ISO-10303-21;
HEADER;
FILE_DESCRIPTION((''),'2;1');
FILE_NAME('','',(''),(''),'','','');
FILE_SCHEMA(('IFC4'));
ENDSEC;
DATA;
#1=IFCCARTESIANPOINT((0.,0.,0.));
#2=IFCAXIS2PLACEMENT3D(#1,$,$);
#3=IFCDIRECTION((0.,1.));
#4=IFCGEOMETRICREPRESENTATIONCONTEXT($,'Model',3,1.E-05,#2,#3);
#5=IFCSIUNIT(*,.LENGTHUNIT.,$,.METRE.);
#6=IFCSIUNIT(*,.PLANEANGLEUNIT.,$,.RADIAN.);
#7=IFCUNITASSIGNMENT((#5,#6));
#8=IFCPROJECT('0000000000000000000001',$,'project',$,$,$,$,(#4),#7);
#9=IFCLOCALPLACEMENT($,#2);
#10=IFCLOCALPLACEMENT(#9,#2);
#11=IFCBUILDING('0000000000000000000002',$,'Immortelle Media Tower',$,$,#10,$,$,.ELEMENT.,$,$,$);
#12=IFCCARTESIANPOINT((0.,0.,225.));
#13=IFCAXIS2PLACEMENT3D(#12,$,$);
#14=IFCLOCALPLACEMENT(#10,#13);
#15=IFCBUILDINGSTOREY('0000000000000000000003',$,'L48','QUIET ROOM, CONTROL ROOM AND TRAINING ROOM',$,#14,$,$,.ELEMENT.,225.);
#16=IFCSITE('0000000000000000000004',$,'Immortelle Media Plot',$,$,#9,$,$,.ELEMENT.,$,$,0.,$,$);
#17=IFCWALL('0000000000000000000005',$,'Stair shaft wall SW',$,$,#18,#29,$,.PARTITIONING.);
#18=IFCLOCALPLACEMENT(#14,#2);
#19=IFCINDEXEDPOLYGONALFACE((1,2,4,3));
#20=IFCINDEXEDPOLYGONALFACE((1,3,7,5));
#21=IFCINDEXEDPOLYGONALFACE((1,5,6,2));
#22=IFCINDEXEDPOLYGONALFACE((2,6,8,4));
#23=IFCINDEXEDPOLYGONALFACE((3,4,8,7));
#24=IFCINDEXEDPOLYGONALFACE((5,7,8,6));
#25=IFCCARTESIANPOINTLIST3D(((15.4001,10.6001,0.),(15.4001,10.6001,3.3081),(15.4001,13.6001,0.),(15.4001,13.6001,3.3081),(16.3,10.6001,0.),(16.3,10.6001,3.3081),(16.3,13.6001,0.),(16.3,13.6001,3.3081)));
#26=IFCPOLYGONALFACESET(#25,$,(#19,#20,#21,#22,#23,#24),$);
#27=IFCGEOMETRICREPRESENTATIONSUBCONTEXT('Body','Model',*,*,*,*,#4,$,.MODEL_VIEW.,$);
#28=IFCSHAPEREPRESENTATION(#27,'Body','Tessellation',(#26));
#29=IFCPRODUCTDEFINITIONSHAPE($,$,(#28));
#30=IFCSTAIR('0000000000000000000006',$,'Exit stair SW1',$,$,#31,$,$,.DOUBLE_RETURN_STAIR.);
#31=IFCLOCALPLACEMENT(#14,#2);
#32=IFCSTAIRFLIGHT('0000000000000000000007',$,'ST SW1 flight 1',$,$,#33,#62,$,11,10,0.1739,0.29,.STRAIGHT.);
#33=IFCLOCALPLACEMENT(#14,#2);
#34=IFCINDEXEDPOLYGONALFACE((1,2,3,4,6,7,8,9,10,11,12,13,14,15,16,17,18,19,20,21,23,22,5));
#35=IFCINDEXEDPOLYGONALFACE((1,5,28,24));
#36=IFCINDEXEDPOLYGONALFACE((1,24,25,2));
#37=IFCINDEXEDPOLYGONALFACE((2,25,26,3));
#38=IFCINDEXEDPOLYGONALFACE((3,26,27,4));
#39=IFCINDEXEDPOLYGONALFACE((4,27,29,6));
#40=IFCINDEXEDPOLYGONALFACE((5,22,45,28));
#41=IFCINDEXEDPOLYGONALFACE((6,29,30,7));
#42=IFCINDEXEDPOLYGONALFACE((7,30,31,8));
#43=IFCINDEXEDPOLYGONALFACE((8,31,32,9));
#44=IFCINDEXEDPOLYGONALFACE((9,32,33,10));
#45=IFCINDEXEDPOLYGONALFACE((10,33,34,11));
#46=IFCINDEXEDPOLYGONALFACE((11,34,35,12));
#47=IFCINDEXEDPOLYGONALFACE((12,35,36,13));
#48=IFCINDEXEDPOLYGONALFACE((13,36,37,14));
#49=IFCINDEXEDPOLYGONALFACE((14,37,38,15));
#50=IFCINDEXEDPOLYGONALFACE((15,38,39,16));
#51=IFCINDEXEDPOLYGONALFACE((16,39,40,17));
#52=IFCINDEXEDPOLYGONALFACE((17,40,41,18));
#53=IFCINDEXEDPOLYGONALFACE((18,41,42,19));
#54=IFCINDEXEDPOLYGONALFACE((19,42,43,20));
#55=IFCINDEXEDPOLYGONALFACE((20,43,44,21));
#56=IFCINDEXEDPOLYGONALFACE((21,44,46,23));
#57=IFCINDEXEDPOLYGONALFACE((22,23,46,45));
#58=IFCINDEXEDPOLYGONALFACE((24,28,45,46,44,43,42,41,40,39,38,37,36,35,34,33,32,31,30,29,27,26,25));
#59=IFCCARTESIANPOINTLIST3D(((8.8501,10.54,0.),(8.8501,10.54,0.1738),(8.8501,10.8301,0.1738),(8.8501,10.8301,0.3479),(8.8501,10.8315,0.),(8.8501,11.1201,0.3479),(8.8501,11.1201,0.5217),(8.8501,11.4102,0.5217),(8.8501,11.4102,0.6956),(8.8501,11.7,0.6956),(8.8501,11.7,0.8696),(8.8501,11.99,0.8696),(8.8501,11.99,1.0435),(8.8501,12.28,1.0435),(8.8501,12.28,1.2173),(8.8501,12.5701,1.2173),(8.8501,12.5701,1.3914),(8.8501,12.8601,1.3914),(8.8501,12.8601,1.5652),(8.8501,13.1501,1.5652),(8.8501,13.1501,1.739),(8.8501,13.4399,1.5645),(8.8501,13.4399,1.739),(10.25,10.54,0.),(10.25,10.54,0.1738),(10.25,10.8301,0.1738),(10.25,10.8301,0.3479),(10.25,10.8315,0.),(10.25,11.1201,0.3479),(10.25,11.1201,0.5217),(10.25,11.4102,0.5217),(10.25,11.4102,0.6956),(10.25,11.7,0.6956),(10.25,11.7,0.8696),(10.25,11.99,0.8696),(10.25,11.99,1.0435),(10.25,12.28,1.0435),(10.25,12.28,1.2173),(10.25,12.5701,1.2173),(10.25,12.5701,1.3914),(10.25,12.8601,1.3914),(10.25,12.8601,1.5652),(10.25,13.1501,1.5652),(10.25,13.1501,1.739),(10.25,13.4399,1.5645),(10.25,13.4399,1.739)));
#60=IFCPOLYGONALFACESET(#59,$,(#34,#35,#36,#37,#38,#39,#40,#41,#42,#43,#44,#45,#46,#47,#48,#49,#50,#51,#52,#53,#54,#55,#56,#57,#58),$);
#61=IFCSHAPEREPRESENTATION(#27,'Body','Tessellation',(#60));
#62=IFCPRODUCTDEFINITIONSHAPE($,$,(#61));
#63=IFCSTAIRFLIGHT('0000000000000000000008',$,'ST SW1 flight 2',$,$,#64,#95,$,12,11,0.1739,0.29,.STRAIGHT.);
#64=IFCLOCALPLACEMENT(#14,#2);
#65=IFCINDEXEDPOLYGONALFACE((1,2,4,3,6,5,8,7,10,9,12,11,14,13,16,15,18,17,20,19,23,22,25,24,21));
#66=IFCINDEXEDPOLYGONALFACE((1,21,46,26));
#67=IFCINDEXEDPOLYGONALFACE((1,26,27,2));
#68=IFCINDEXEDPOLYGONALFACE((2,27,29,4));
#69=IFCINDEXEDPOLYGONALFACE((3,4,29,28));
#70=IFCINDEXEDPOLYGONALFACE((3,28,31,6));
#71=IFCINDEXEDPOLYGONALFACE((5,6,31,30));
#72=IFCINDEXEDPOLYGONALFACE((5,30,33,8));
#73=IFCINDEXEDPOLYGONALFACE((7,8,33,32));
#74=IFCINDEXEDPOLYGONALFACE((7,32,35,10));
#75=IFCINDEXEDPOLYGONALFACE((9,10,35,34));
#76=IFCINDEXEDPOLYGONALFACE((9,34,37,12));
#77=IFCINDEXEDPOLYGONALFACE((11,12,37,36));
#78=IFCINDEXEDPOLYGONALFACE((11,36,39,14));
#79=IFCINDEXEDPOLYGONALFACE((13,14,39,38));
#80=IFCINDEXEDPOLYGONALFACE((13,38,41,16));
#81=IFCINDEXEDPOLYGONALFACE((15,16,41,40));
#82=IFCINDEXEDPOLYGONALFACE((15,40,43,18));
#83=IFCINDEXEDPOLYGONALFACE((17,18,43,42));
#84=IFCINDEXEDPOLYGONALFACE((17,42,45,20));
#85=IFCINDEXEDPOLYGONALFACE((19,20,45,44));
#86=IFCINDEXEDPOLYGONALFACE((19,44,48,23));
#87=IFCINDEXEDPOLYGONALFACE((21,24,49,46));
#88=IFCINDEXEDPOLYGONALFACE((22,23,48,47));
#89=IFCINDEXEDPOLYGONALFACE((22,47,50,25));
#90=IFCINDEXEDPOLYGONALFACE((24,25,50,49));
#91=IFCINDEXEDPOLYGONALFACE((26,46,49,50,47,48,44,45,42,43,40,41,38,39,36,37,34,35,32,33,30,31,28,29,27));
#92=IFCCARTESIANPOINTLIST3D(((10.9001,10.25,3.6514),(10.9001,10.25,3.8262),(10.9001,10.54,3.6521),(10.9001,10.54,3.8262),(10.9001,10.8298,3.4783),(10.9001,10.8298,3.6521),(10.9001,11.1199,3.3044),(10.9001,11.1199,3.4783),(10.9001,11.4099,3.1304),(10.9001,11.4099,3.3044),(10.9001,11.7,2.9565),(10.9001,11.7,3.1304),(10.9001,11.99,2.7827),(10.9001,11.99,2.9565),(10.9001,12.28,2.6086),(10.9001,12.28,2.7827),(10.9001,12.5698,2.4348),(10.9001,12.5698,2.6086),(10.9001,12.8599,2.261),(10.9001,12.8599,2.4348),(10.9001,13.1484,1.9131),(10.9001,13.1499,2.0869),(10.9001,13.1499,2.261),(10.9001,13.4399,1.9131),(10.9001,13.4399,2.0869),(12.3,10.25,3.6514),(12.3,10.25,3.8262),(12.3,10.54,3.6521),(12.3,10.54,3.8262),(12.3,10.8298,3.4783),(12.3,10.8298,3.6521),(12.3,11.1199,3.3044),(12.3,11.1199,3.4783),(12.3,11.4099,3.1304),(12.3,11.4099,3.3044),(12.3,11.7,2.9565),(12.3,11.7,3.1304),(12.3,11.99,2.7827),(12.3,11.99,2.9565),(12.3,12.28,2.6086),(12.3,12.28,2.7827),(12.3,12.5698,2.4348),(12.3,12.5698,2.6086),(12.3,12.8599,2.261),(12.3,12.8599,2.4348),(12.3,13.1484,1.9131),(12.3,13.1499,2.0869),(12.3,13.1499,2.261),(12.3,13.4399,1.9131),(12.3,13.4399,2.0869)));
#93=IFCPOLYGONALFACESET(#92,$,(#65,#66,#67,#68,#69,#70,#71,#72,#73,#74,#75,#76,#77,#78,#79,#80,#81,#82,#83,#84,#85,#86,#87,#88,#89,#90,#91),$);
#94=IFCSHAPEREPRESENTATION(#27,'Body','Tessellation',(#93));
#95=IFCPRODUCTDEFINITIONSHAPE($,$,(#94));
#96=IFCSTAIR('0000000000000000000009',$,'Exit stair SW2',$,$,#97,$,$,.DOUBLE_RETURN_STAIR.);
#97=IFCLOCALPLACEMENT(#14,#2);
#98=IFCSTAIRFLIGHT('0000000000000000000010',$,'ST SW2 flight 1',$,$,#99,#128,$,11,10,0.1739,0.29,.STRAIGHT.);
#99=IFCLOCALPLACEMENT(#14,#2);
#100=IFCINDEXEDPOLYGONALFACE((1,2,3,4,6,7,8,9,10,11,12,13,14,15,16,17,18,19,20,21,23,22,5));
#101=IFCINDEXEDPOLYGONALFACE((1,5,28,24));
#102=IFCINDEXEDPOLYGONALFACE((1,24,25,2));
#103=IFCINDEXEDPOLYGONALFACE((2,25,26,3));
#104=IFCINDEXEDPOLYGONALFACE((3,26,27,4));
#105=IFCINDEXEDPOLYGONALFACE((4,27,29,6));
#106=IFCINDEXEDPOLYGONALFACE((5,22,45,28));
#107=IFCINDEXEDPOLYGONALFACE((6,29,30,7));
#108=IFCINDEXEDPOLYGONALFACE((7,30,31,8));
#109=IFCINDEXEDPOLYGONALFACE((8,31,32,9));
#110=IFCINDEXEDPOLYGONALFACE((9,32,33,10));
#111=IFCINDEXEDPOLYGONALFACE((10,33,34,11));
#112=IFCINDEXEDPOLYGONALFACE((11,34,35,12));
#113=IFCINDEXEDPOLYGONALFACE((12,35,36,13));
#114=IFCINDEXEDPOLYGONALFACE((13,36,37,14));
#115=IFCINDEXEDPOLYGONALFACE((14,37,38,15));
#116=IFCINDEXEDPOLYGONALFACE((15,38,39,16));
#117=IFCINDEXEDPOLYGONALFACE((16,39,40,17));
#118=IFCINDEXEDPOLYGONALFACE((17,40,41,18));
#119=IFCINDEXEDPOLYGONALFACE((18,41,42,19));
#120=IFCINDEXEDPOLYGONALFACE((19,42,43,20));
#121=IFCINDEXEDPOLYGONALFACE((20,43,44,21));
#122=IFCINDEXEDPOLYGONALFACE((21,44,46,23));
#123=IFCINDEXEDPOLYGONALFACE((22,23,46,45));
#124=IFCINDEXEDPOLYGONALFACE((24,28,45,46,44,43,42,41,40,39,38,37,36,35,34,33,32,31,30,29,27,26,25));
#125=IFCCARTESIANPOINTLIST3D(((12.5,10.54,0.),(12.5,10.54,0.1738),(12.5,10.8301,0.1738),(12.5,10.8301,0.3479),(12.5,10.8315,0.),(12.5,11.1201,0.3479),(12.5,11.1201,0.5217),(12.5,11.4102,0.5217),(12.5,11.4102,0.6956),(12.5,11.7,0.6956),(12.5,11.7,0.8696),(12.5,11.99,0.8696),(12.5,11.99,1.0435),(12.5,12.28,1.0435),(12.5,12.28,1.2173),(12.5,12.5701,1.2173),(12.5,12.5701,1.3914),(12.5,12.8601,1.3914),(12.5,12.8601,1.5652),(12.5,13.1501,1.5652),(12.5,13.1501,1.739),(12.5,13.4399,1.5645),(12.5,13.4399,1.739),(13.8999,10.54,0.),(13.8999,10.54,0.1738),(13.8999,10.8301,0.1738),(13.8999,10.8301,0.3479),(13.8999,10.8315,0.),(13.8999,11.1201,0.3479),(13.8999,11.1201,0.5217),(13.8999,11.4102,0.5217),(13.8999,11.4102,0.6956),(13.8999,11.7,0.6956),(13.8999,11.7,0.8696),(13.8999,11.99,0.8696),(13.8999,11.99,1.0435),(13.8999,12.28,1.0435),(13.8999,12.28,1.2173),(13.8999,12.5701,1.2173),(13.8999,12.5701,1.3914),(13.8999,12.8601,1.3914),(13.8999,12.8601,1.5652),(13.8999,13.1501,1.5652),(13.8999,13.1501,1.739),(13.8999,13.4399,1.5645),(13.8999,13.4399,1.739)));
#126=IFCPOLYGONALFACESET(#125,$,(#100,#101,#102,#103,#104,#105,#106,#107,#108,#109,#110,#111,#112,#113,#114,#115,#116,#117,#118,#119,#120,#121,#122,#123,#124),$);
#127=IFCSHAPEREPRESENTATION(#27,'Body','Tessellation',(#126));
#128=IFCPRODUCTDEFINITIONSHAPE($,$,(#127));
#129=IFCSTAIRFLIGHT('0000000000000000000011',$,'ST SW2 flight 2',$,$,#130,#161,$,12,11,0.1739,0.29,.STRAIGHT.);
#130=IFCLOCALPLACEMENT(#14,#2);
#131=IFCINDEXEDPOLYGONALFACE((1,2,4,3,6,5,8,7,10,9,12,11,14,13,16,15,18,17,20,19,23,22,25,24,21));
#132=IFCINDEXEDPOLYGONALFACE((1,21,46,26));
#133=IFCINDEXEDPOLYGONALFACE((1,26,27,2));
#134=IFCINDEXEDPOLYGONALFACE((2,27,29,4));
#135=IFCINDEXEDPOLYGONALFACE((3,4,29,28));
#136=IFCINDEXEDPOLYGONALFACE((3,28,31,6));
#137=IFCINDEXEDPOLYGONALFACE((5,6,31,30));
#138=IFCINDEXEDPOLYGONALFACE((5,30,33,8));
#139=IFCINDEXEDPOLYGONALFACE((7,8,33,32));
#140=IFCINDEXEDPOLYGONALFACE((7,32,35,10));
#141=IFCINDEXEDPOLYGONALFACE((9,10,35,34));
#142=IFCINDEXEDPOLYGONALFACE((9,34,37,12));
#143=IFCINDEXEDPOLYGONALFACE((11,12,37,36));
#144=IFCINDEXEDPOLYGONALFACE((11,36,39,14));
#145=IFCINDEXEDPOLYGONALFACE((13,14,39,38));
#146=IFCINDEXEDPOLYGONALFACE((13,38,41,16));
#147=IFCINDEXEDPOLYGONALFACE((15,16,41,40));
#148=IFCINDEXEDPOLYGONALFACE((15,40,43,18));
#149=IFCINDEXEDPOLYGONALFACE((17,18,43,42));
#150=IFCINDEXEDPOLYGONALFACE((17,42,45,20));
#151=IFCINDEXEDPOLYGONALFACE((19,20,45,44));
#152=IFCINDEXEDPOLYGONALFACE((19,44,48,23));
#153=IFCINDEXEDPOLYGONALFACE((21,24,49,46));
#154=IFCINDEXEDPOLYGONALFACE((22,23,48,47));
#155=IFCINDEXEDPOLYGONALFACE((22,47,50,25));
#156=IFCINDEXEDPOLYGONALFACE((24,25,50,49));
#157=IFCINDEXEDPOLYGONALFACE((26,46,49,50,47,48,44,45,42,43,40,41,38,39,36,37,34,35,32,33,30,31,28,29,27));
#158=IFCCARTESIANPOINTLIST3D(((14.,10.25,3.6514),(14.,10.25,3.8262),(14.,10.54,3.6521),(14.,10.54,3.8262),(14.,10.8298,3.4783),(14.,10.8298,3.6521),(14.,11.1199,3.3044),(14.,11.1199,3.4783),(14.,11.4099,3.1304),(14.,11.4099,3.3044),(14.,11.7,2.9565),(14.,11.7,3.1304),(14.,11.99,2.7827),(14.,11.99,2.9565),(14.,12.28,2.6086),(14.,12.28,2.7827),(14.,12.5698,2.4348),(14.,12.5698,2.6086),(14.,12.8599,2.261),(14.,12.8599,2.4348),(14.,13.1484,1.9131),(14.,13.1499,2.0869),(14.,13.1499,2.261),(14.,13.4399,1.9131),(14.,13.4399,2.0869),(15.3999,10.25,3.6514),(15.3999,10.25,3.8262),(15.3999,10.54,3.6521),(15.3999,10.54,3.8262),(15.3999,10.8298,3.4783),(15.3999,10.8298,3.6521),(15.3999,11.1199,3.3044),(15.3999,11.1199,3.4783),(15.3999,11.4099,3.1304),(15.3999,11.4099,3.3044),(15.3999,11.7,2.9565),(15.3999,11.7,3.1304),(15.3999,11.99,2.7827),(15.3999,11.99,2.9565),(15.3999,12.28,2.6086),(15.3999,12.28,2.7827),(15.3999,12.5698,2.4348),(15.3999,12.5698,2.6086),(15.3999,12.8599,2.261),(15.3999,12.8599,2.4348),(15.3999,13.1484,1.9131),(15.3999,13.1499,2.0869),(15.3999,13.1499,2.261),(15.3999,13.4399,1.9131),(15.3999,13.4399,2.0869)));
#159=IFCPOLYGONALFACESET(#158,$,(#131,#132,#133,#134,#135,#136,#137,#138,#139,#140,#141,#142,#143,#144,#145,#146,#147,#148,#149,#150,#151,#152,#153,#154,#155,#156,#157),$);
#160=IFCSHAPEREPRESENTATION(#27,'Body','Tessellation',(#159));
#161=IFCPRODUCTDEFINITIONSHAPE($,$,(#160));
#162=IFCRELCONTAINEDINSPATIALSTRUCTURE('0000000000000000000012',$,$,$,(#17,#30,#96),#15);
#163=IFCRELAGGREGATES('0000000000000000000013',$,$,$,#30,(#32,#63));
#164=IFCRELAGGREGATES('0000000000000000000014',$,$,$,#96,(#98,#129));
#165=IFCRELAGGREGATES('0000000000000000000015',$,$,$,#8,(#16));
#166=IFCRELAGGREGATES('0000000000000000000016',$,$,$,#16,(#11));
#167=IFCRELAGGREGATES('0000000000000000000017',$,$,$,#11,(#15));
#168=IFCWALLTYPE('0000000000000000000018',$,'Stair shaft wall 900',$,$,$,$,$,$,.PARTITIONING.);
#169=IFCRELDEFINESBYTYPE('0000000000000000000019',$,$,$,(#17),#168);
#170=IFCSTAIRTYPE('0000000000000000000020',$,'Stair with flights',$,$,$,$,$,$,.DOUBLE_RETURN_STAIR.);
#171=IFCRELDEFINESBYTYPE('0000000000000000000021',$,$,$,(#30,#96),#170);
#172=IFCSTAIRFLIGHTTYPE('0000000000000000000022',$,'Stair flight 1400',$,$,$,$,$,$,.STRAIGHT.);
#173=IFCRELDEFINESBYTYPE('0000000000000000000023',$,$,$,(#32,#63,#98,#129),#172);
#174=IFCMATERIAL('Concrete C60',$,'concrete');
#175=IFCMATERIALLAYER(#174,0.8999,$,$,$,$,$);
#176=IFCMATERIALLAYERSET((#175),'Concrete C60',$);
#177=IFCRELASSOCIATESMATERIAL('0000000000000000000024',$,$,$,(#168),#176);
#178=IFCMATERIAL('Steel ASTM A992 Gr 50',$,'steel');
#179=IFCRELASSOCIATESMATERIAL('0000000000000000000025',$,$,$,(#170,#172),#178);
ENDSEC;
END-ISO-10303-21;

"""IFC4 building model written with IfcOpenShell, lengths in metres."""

from ifc_helpers import new_model, si_unit, direction, frame, frame_2d, origin, place, context, subcontext, project, spatial, polyline, rectangle, outline, extrude, material, layer, layer_set, type_object, element, aggregate, save


model = new_model("IFC4")

# Units and contexts
model_context = context("Model", 3, precision=1e-05, world=origin(), true_north=direction((0.0, 1.0)))
body_context = subcontext(model_context, "Body", "Model", "MODEL_VIEW")
ifc_project = project(units=[si_unit("LENGTHUNIT", "METRE"), si_unit("PLANEANGLEUNIT", "RADIAN")], contexts=[model_context])

# Site, building, storey
site_placement = place(None, origin())
site = spatial("IfcSite", under=ifc_project, at=site_placement, Name="Immortelle Media Plot", CompositionType="ELEMENT", RefElevation=0.0)
building_placement = place(site_placement, origin())
building = spatial("IfcBuilding", under=site, at=building_placement, Name="Immortelle Media Tower", CompositionType="ELEMENT")
storey_placement = place(building_placement, frame((0.0, 0.0, 225.0)))
storey = spatial("IfcBuildingStorey", under=building, at=storey_placement, Name="L48", Description="QUIET ROOM, CONTROL ROOM AND TRAINING ROOM", CompositionType="ELEMENT", Elevation=225.0)

# Shared definitions
ifc_material_1 = material(Name="Steel ASTM A992 Gr 50", Category="steel")

# Shared definitions
ifc_material_2 = material(Name="Concrete C60", Category="concrete")

# Shared definitions
ifc_layer_1 = layer(ifc_material_2, 0.8999)
ifc_layer_set_1 = layer_set([ifc_layer_1], Name="Concrete C60")
wall_type_1 = type_object("IfcWallType", Name="Stair shaft wall 900", PredefinedType="PARTITIONING", material=ifc_layer_set_1)

# Wall
wall_1_placement = place(storey_placement, frame((15.8501, 10.6001, 0.0), z_axis=(0.0, 0.0, 1.0), x_axis=(0.0, 1.0, 0.0)))
element("IfcWall", 1, at=wall_1_placement, inside=storey, type_object=wall_type_1, Name="Stair shaft wall SW", PredefinedType="PARTITIONING", context=body_context, shape_type="SweptSolid", body=[
    extrude(rectangle(XDim=3.0, YDim=0.8999, at=frame_2d((1.5, 0.0))), origin(), (0.0, 0.0, 1.0), 3.3081),
])

# Stairs, stair flights
stair_type = type_object("IfcStairType", Name="Stair with flights", PredefinedType="DOUBLE_RETURN_STAIR", material=ifc_material_1)
stair_1_placement = place(storey_placement, origin())
stair_1 = element("IfcStair", 2, at=stair_1_placement, inside=storey, type_object=stair_type, Name="Exit stair SW1", PredefinedType="DOUBLE_RETURN_STAIR")
stair_flight_type = type_object("IfcStairFlightType", Name="Stair flight 1400", PredefinedType="STRAIGHT", material=ifc_material_1)
stair_flight_1_placement = place(storey_placement, frame((9.55, 10.54, 0.0), z_axis=(0.0, 0.0, 1.0), x_axis=(0.0, 1.0, 0.0)))
stair_flight_1 = element("IfcStairFlight", 3, at=stair_flight_1_placement, type_object=stair_flight_type, Name="ST SW1 flight 1", NumberOfRisers=11, NumberOfTreads=10, PredefinedType="STRAIGHT", RiserHeight=0.1739, TreadLength=0.29, context=body_context, shape_type="SweptSolid", body=[
    extrude(outline(polyline([(0.0, 0.0), (0.0, 0.1738), (0.29, 0.1738), (0.29, 0.3479), (0.5801, 0.3479), (0.5801, 0.5217), (0.8701, 0.5217), (0.8701, 0.6956), (1.1599, 0.6956), (1.1599, 0.8696), (1.45, 0.8696), (1.45, 1.0435), (1.74, 1.0435), (1.74, 1.2173), (2.03, 1.2173), (2.03, 1.3914), (2.3201, 1.3914), (2.3201, 1.5652), (2.6101, 1.5652), (2.6101, 1.739), (2.8999, 1.739), (2.8999, 1.9131), (2.8999, 1.5645), (0.2915, 0.0), (0.0, 0.0)])), frame((0.0, 0.7, 0.0), z_axis=(0.0, -1.0, 0.0), x_axis=(1.0, 0.0, 0.0)), (0.0, 0.0, 1.0), 1.3999),
])
stair_flight_2_placement = place(storey_placement, frame((11.6001, 13.4399, 1.9131), z_axis=(0.0, 0.0, 1.0), x_axis=(0.0, -1.0, 0.0)))
stair_flight_2 = element("IfcStairFlight", 4, at=stair_flight_2_placement, type_object=stair_flight_type, Name="ST SW1 flight 2", NumberOfRisers=12, NumberOfTreads=11, PredefinedType="STRAIGHT", RiserHeight=0.1739, TreadLength=0.29, context=body_context, shape_type="SweptSolid", body=[
    extrude(outline(polyline([(0.0, 0.0), (0.0, 0.1738), (0.29, 0.1738), (0.29, 0.3479), (0.5801, 0.3479), (0.5801, 0.5217), (0.8701, 0.5217), (0.8701, 0.6956), (1.1599, 0.6956), (1.1599, 0.8696), (1.45, 0.8696), (1.45, 1.0435), (1.74, 1.0435), (1.74, 1.2173), (2.03, 1.2173), (2.03, 1.3914), (2.3201, 1.3914), (2.3201, 1.5652), (2.6101, 1.5652), (2.6101, 1.739), (2.8999, 1.739), (2.8999, 1.9131), (3.1899, 1.9131), (3.1899, 2.0869), (3.1899, 1.7383), (0.2915, 0.0), (0.0, 0.0)])), frame((0.0, 0.7, 0.0), z_axis=(0.0, -1.0, 0.0), x_axis=(1.0, 0.0, 0.0)), (0.0, 0.0, 1.0), 1.3999),
])
aggregate(stair_1, [stair_flight_1, stair_flight_2])
stair_2_placement = place(storey_placement, origin())
stair_2 = element("IfcStair", 5, at=stair_2_placement, inside=storey, type_object=stair_type, Name="Exit stair SW2", PredefinedType="DOUBLE_RETURN_STAIR")
stair_flight_3_placement = place(storey_placement, frame((13.2, 10.54, 0.0), z_axis=(0.0, 0.0, 1.0), x_axis=(0.0, 1.0, 0.0)))
stair_flight_3 = element("IfcStairFlight", 6, at=stair_flight_3_placement, type_object=stair_flight_type, Name="ST SW2 flight 1", NumberOfRisers=11, NumberOfTreads=10, PredefinedType="STRAIGHT", RiserHeight=0.1739, TreadLength=0.29, context=body_context, shape_type="SweptSolid", body=[
    extrude(outline(polyline([(0.0, 0.0), (0.0, 0.1738), (0.29, 0.1738), (0.29, 0.3479), (0.5801, 0.3479), (0.5801, 0.5217), (0.8701, 0.5217), (0.8701, 0.6956), (1.1599, 0.6956), (1.1599, 0.8696), (1.45, 0.8696), (1.45, 1.0435), (1.74, 1.0435), (1.74, 1.2173), (2.03, 1.2173), (2.03, 1.3914), (2.3201, 1.3914), (2.3201, 1.5652), (2.6101, 1.5652), (2.6101, 1.739), (2.8999, 1.739), (2.8999, 1.9131), (2.8999, 1.5645), (0.2915, 0.0), (0.0, 0.0)])), frame((0.0, 0.7, 0.0), z_axis=(0.0, -1.0, 0.0), x_axis=(1.0, 0.0, 0.0)), (0.0, 0.0, 1.0), 1.3999),
])
stair_flight_4_placement = place(storey_placement, frame((14.7, 13.4399, 1.9131), z_axis=(0.0, 0.0, 1.0), x_axis=(0.0, -1.0, 0.0)))
stair_flight_4 = element("IfcStairFlight", 7, at=stair_flight_4_placement, type_object=stair_flight_type, Name="ST SW2 flight 2", NumberOfRisers=12, NumberOfTreads=11, PredefinedType="STRAIGHT", RiserHeight=0.1739, TreadLength=0.29, context=body_context, shape_type="SweptSolid", body=[
    extrude(outline(polyline([(0.0, 0.0), (0.0, 0.1738), (0.29, 0.1738), (0.29, 0.3479), (0.5801, 0.3479), (0.5801, 0.5217), (0.8701, 0.5217), (0.8701, 0.6956), (1.1599, 0.6956), (1.1599, 0.8696), (1.45, 0.8696), (1.45, 1.0435), (1.74, 1.0435), (1.74, 1.2173), (2.03, 1.2173), (2.03, 1.3914), (2.3201, 1.3914), (2.3201, 1.5652), (2.6101, 1.5652), (2.6101, 1.739), (2.8999, 1.739), (2.8999, 1.9131), (3.1899, 1.9131), (3.1899, 2.0869), (3.1899, 1.7383), (0.2915, 0.0), (0.0, 0.0)])), frame((0.0, 0.7, 0.0), z_axis=(0.0, -1.0, 0.0), x_axis=(1.0, 0.0, 0.0)), (0.0, 0.0, 1.0), 1.3999),
])
aggregate(stair_2, [stair_flight_3, stair_flight_4])

save(model, "model.ifc")
